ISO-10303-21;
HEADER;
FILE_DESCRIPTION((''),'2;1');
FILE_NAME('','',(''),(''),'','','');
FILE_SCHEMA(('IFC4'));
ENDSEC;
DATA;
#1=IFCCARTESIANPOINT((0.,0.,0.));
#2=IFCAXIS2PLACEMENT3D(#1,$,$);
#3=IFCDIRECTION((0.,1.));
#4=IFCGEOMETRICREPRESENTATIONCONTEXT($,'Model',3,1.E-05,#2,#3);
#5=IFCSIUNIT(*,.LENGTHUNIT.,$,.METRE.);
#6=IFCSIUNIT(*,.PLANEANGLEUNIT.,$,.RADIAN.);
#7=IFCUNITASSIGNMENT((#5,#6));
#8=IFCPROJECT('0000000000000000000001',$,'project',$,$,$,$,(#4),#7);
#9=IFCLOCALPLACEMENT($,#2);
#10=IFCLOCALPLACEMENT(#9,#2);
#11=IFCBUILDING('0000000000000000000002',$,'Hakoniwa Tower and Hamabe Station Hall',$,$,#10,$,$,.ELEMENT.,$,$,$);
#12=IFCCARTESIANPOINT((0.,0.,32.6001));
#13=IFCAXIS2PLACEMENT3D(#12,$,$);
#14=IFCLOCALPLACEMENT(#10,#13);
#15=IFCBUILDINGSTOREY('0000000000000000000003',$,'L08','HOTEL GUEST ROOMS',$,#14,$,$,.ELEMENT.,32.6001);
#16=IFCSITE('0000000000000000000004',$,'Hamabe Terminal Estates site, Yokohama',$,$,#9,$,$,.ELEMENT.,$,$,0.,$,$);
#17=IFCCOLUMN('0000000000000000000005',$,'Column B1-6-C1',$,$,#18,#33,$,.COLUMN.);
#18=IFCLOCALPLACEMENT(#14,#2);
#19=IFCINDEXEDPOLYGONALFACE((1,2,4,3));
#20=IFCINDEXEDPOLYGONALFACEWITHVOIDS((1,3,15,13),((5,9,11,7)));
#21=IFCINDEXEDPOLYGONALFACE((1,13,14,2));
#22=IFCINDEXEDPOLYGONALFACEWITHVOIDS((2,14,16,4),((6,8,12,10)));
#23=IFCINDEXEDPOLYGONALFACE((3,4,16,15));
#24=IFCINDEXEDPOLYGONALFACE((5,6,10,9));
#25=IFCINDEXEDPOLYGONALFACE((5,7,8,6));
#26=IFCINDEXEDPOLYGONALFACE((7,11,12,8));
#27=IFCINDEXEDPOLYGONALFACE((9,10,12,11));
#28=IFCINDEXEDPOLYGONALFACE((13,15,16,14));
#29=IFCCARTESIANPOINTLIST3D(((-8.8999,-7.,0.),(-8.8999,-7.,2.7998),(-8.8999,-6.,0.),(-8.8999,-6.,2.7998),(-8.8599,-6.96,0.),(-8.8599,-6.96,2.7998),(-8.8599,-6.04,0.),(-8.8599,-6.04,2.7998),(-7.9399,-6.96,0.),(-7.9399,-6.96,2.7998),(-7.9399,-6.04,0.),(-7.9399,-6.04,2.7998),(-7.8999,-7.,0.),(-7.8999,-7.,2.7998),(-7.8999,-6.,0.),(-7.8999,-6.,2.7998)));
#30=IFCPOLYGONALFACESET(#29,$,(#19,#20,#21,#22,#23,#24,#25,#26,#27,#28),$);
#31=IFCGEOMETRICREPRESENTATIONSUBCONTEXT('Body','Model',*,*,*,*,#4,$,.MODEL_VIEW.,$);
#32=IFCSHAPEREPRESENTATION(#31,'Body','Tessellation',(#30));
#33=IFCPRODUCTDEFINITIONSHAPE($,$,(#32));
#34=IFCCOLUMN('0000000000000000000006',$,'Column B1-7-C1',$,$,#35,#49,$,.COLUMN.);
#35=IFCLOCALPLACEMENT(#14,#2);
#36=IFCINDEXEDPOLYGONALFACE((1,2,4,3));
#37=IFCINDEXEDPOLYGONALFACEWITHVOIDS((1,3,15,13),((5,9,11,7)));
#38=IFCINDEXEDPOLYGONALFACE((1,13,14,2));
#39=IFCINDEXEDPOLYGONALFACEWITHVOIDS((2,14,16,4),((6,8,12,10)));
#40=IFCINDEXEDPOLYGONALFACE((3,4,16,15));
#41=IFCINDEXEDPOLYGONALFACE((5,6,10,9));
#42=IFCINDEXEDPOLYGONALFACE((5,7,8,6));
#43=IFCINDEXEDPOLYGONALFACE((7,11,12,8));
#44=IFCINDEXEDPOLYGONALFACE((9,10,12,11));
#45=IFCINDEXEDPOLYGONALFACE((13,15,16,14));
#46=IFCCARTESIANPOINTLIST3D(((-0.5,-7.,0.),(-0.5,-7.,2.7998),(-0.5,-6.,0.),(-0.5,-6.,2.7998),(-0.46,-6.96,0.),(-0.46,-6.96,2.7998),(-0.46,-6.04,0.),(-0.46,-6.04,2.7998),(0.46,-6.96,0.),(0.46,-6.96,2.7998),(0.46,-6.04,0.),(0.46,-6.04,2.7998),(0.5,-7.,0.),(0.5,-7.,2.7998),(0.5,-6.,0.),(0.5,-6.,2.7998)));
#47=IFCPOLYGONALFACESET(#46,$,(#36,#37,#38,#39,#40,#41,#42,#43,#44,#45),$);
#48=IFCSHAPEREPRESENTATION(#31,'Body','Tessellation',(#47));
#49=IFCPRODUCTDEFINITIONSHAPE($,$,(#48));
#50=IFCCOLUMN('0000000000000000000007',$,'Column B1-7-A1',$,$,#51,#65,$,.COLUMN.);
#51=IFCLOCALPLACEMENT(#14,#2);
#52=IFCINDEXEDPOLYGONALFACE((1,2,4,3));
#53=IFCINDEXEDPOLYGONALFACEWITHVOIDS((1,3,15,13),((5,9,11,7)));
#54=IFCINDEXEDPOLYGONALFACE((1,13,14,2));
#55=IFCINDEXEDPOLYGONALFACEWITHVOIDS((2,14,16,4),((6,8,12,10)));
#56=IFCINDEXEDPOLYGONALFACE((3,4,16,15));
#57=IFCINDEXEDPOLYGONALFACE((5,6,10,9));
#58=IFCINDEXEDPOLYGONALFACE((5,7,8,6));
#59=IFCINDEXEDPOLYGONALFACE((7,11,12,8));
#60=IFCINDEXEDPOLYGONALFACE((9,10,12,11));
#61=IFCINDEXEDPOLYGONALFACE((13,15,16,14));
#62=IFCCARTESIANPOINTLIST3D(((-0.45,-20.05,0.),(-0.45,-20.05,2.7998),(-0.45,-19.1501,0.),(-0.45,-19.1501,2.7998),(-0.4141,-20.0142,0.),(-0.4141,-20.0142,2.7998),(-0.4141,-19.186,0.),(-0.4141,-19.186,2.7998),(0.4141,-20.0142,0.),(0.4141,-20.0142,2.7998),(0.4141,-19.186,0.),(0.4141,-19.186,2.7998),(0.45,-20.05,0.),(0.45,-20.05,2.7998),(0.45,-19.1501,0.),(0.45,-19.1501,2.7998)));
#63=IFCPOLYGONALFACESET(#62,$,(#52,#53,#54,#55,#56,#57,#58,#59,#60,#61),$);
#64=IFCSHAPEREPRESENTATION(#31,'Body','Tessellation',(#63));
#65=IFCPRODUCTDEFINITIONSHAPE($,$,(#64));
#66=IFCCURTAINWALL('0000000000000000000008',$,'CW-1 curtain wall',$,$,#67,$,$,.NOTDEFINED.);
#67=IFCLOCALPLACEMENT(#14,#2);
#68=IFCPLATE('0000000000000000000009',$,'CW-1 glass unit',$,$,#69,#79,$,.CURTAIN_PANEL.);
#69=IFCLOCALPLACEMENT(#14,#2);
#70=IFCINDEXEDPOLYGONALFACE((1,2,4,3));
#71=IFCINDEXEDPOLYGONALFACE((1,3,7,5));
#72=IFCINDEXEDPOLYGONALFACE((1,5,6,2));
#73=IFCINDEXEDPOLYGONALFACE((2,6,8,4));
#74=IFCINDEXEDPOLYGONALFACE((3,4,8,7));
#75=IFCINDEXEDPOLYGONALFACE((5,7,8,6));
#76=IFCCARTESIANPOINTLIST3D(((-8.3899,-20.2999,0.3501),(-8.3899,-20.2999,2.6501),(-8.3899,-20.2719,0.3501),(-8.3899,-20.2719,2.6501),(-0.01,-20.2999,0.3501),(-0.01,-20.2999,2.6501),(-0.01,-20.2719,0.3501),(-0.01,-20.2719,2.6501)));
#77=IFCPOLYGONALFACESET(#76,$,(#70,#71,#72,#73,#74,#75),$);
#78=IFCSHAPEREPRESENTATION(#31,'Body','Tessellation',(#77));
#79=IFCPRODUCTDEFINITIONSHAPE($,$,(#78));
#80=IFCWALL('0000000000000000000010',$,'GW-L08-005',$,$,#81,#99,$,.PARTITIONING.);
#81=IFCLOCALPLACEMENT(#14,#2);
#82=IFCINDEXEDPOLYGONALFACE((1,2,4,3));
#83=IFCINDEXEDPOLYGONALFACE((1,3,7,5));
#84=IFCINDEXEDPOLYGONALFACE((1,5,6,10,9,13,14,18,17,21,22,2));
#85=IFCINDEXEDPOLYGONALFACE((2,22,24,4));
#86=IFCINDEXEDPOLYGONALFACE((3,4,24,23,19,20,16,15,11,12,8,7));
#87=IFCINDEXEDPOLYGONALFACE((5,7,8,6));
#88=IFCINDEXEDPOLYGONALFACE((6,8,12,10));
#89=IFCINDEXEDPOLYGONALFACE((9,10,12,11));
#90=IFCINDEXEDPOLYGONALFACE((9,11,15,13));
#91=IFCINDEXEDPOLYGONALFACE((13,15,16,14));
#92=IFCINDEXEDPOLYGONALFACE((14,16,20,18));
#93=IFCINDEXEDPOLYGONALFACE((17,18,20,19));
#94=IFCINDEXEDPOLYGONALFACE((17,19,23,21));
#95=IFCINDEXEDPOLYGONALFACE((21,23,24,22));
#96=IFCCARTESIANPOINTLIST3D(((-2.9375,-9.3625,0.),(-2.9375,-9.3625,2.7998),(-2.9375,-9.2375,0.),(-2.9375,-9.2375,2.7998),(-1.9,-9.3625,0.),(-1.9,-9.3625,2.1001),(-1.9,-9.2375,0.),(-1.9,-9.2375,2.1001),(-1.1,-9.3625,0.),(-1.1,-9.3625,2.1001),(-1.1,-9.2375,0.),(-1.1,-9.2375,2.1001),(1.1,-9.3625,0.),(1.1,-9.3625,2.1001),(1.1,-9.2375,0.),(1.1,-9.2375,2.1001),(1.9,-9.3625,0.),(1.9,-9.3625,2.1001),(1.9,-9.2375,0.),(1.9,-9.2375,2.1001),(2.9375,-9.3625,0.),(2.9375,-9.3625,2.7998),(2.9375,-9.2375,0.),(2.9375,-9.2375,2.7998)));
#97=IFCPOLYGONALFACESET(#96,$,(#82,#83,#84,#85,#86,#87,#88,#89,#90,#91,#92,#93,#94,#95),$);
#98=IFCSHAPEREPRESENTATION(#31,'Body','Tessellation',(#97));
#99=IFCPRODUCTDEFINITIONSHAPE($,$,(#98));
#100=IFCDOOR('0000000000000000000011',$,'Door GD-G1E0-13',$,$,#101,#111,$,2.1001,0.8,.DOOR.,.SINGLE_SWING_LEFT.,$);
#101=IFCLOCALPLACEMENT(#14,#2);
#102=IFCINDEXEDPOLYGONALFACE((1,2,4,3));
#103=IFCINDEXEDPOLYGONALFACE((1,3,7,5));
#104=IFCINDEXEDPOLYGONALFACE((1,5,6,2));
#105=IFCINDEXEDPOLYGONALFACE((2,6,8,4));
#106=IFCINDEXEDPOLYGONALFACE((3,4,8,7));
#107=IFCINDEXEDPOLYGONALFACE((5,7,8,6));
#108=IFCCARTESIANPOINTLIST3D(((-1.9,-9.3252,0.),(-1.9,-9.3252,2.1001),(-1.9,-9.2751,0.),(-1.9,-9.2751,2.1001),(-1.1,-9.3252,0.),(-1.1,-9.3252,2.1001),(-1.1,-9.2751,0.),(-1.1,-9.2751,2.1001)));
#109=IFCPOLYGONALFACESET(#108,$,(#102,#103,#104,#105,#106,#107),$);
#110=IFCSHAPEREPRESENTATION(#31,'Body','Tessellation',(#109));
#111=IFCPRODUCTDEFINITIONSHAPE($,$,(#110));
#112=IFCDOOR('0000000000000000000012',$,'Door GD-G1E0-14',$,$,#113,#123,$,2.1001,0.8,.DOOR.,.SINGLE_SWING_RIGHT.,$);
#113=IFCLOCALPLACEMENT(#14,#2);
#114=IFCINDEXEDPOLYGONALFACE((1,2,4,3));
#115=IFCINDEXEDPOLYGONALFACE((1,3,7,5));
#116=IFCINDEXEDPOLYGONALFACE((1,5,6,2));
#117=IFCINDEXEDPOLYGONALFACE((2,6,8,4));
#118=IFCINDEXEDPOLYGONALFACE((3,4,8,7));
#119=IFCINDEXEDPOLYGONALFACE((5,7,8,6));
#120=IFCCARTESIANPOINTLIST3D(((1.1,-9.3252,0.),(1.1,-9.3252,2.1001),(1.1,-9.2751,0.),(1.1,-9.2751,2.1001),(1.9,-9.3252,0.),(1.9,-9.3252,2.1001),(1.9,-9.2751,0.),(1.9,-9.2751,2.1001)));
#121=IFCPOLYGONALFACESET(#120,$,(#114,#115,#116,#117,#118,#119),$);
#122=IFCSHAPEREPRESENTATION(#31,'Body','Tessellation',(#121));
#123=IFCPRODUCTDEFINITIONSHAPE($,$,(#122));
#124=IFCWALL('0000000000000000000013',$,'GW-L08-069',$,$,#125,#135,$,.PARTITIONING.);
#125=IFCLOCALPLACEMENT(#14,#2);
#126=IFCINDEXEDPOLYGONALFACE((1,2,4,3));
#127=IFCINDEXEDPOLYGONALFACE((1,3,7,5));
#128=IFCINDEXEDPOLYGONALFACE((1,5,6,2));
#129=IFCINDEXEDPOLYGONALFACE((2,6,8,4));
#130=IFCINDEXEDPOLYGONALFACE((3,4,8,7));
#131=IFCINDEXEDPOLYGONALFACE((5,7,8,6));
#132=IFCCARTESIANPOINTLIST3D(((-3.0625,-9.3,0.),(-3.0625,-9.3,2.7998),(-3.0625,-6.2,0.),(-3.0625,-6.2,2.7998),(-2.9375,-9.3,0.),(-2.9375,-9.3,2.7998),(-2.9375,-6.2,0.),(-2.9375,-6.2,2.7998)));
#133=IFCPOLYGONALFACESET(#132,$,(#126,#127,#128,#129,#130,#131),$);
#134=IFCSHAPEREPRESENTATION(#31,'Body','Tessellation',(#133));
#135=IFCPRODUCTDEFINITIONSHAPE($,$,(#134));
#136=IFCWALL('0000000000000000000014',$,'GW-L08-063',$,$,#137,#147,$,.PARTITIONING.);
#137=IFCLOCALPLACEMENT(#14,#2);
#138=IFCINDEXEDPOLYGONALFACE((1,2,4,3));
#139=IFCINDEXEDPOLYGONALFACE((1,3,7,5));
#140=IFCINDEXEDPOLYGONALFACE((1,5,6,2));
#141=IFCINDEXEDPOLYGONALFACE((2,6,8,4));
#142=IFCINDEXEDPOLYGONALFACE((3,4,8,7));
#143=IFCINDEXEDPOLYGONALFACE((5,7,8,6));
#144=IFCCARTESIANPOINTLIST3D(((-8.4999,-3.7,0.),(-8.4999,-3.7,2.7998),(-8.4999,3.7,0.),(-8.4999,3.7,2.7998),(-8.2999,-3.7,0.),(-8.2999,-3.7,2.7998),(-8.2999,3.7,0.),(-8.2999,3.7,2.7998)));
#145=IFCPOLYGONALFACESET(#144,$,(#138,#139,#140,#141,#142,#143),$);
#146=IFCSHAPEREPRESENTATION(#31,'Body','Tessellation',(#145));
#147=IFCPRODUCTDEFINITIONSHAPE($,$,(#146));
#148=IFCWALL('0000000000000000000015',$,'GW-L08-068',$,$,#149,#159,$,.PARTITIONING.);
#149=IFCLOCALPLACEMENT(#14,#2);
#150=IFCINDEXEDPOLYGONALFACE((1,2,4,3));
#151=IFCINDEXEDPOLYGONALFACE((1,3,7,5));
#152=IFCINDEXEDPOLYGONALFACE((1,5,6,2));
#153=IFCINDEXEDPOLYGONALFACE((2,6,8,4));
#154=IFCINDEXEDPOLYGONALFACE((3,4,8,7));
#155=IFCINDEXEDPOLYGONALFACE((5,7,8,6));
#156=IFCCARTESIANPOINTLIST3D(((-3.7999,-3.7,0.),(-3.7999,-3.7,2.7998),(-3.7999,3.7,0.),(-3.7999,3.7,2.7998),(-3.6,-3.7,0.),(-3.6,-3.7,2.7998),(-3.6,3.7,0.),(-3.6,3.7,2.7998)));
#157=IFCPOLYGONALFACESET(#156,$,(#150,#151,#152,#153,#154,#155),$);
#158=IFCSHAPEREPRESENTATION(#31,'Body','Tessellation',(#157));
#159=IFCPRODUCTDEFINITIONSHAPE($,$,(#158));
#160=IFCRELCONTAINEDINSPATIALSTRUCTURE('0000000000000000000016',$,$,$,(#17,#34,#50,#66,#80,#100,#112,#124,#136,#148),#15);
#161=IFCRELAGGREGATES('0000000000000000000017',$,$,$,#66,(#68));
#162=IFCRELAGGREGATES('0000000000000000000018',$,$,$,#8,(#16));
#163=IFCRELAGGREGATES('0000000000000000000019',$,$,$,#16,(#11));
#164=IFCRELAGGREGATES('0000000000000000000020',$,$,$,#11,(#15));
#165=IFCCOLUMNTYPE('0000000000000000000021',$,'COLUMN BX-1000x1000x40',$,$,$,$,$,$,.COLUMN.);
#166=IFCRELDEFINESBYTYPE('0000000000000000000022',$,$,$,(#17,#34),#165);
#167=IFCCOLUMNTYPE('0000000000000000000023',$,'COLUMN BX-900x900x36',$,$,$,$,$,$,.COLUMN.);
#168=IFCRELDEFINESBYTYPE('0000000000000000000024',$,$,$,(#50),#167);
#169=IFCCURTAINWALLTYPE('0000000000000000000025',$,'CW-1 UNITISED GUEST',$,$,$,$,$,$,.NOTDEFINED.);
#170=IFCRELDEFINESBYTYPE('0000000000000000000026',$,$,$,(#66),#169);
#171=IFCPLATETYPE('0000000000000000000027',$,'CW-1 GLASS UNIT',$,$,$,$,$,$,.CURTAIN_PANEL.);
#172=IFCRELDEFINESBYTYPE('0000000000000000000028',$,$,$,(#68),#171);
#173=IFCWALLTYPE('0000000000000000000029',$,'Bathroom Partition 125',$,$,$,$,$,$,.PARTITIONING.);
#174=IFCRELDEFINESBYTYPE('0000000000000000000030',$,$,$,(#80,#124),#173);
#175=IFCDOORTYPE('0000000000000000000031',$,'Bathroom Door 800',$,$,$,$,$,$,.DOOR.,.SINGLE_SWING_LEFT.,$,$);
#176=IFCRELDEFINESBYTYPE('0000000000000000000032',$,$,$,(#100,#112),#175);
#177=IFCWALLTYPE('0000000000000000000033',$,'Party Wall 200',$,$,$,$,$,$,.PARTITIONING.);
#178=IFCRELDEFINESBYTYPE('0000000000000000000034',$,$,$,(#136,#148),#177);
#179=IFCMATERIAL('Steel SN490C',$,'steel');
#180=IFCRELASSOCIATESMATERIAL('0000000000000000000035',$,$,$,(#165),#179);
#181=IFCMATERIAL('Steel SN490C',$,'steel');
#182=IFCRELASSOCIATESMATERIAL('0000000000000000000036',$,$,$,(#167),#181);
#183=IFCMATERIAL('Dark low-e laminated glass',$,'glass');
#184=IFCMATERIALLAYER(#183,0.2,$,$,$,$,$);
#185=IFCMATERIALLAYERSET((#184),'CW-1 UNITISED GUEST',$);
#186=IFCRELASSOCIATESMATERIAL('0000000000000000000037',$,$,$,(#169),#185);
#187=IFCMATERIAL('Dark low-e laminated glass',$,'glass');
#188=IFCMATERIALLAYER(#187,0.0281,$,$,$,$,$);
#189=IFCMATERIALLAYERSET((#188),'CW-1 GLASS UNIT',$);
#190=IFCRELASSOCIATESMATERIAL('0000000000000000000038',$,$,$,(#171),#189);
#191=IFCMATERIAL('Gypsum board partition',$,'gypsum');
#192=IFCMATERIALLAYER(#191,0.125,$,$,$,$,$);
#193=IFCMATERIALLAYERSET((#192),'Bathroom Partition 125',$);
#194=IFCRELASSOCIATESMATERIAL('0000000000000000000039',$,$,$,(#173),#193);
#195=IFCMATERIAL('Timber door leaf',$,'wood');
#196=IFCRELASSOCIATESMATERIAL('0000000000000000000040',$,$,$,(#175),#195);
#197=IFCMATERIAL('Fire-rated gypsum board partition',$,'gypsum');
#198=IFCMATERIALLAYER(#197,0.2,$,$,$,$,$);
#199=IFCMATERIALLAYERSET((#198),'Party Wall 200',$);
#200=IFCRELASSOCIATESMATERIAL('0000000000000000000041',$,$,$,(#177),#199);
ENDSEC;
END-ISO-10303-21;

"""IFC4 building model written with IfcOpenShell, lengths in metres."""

from ifc_helpers import new_model, si_unit, direction, frame, frame_2d, origin, origin_2d, place, context, subcontext, project, spatial, rectangle, hollow_rectangle, extrude, material, layer, layer_set, material_profile, profile_set, type_object, element, fill, aggregate, save


model = new_model("IFC4")

# Units and contexts
model_context = context("Model", 3, precision=1e-05, world=origin(), true_north=direction((0.0, 1.0)))
body_context = subcontext(model_context, "Body", "Model", "MODEL_VIEW")
ifc_project = project(units=[si_unit("LENGTHUNIT", "METRE"), si_unit("PLANEANGLEUNIT", "RADIAN")], contexts=[model_context])

# Site, building, storey
site_placement = place(None, origin())
site = spatial("IfcSite", under=ifc_project, at=site_placement, Name="Hamabe Terminal Estates site, Yokohama", CompositionType="ELEMENT", RefElevation=0.0)
building_placement = place(site_placement, origin())
building = spatial("IfcBuilding", under=site, at=building_placement, Name="Hakoniwa Tower and Hamabe Station Hall", CompositionType="ELEMENT")
storey_placement = place(building_placement, frame((0.0, 0.0, 32.6001)))
storey = spatial("IfcBuildingStorey", under=building, at=storey_placement, Name="L08", Description="HOTEL GUEST ROOMS", CompositionType="ELEMENT", Elevation=32.6001)

# Columns
ifc_material_1 = material(Name="Steel SN490C", Category="steel")
ifc_material_profile_1 = material_profile(ifc_material_1, hollow_rectangle(XDim=1.0, YDim=1.0, WallThickness=0.04, at=origin_2d()), Name="BX-1000x1000x40")
ifc_profile_set_1 = profile_set([ifc_material_profile_1], Name="Steel SN490C")
column_type_1 = type_object("IfcColumnType", Name="COLUMN BX-1000x1000x40", PredefinedType="COLUMN", material=ifc_profile_set_1)
for number, where, z_axis, x_axis, name in (
    (1, (-8.3999, -6.5, 0.0), (0.0, 0.0, 1.0), (1.0, 0.0, 0.0), "Column B1-6-C1"),
    (2, (0.0, -6.5, 0.0), (0.0, 0.0, 1.0), (1.0, 0.0, 0.0), "Column B1-7-C1"),
):
    element("IfcColumn", number, at=place(storey_placement, frame(where, z_axis=z_axis, x_axis=x_axis)), inside=storey, type_object=column_type_1, Name=name, PredefinedType="COLUMN", context=body_context, shape_type="SweptSolid", body=[
        extrude(hollow_rectangle(XDim=1.0, YDim=1.0, WallThickness=0.04, at=origin_2d()), origin(), (0.0, 0.0, 1.0), 2.7998),
    ])
ifc_material_2 = material(Name="Steel SN490C", Category="steel")
ifc_material_profile_2 = material_profile(ifc_material_2, hollow_rectangle(XDim=0.8999, YDim=0.8999, WallThickness=0.0359, at=origin_2d()), Name="BX-900x900x36")
ifc_profile_set_2 = profile_set([ifc_material_profile_2], Name="Steel SN490C")
column_type_2 = type_object("IfcColumnType", Name="COLUMN BX-900x900x36", PredefinedType="COLUMN", material=ifc_profile_set_2)
column_placement = place(storey_placement, frame((0.0, -19.6001, 0.0), z_axis=(0.0, 0.0, 1.0), x_axis=(1.0, 0.0, 0.0)))
element("IfcColumn", 3, at=column_placement, inside=storey, type_object=column_type_2, Name="Column B1-7-A1", PredefinedType="COLUMN", context=body_context, shape_type="SweptSolid", body=[
    extrude(hollow_rectangle(XDim=0.8999, YDim=0.8999, WallThickness=0.0359, at=origin_2d()), origin(), (0.0, 0.0, 1.0), 2.7998),
])

# Curtain wall, plate
ifc_material_3 = material(Name="Dark low-e laminated glass", Category="glass")
ifc_layer_1 = layer(ifc_material_3, 0.2)
ifc_layer_set_1 = layer_set([ifc_layer_1], Name="CW-1 UNITISED GUEST")
curtain_wall_type = type_object("IfcCurtainWallType", Name="CW-1 UNITISED GUEST", PredefinedType="NOTDEFINED", material=ifc_layer_set_1)
curtain_wall_placement = place(storey_placement, origin())
curtain_wall = element("IfcCurtainWall", 4, at=curtain_wall_placement, inside=storey, type_object=curtain_wall_type, Name="CW-1 curtain wall", PredefinedType="NOTDEFINED")
ifc_material_4 = material(Name="Dark low-e laminated glass", Category="glass")
ifc_layer_2 = layer(ifc_material_4, 0.0281)
ifc_layer_set_2 = layer_set([ifc_layer_2], Name="CW-1 GLASS UNIT")
plate_type = type_object("IfcPlateType", Name="CW-1 GLASS UNIT", PredefinedType="CURTAIN_PANEL", material=ifc_layer_set_2)
plate_placement = place(storey_placement, frame((-4.2, -20.2859, 0.3501), z_axis=(0.0, 0.0, 1.0), x_axis=(1.0, 0.0, 0.0)))
plate = element("IfcPlate", 5, at=plate_placement, type_object=plate_type, Name="CW-1 glass unit", PredefinedType="CURTAIN_PANEL", context=body_context, shape_type="SweptSolid", body=[
    extrude(rectangle(XDim=8.3799, YDim=0.0281, at=origin_2d()), origin(), (0.0, 0.0, 1.0), 2.3),
])
aggregate(curtain_wall, [plate])

# Wall, openings, doors
ifc_material_5 = material(Name="Gypsum board partition", Category="gypsum")
ifc_layer_3 = layer(ifc_material_5, 0.125)
ifc_layer_set_3 = layer_set([ifc_layer_3], Name="Bathroom Partition 125")
wall_type_1 = type_object("IfcWallType", Name="Bathroom Partition 125", PredefinedType="PARTITIONING", material=ifc_layer_set_3)
wall_1_placement = place(storey_placement, frame((-2.9375, -9.3, 0.0), z_axis=(0.0, 0.0, 1.0), x_axis=(1.0, 0.0, 0.0)))
wall_1 = element("IfcWall", 6, at=wall_1_placement, inside=storey, type_object=wall_type_1, Name="GW-L08-005", PredefinedType="PARTITIONING", context=body_context, shape_type="SweptSolid", body=[
    extrude(rectangle(XDim=5.875, YDim=0.125, at=frame_2d((2.9375, 0.0))), origin(), (0.0, 0.0, 1.0), 2.7998),
])
opening_1_placement = place(wall_1_placement, frame((1.0376, 0.0, 0.0)))
opening_1 = element("IfcOpeningElement", 7, at=opening_1_placement, cuts=wall_1, PredefinedType="OPENING", context=body_context, shape_type="SweptSolid", body=[
    extrude(rectangle(XDim=0.8, YDim=2.1001, at=frame_2d((0.3999, 1.05))), frame((0.0, 0.0725, 0.0), z_axis=(0.0, -1.0, 0.0), x_axis=(1.0, 0.0, 0.0)), (0.0, 0.0, 1.0), 0.145),
])
opening_2_placement = place(wall_1_placement, frame((4.0376, 0.0, 0.0)))
opening_2 = element("IfcOpeningElement", 8, at=opening_2_placement, cuts=wall_1, PredefinedType="OPENING", context=body_context, shape_type="SweptSolid", body=[
    extrude(rectangle(XDim=0.8, YDim=2.1001, at=frame_2d((0.3999, 1.05))), frame((0.0, 0.0725, 0.0), z_axis=(0.0, -1.0, 0.0), x_axis=(1.0, 0.0, 0.0)), (0.0, 0.0, 1.0), 0.145),
])
ifc_material_6 = material(Name="Timber door leaf", Category="wood")
door_type_1 = type_object("IfcDoorType", Name="Bathroom Door 800", OperationType="SINGLE_SWING_LEFT", PredefinedType="DOOR", material=ifc_material_6)
door_1_placement = place(opening_1_placement, origin())
door_1 = element("IfcDoor", 9, at=door_1_placement, inside=storey, type_object=door_type_1, Name="Door GD-G1E0-13", OperationType="SINGLE_SWING_LEFT", OverallHeight=2.1001, OverallWidth=0.8, PredefinedType="DOOR", context=body_context, shape_type="SweptSolid", body=[
    extrude(rectangle(XDim=0.8, YDim=2.1001, at=frame_2d((0.3999, 1.05))), frame((0.0, 0.0249, 0.0), z_axis=(0.0, -1.0, 0.0), x_axis=(1.0, 0.0, 0.0)), (0.0, 0.0, 1.0), 0.05),
])
fill(opening_1, door_1)
door_2_placement = place(opening_2_placement, origin())
door_2 = element("IfcDoor", 10, at=door_2_placement, inside=storey, type_object=door_type_1, Name="Door GD-G1E0-14", OperationType="SINGLE_SWING_RIGHT", OverallHeight=2.1001, OverallWidth=0.8, PredefinedType="DOOR", context=body_context, shape_type="SweptSolid", body=[
    extrude(rectangle(XDim=0.8, YDim=2.1001, at=frame_2d((0.3999, 1.05))), frame((0.0, 0.0249, 0.0), z_axis=(0.0, -1.0, 0.0), x_axis=(1.0, 0.0, 0.0)), (0.0, 0.0, 1.0), 0.05),
])
fill(opening_2, door_2)

# Walls
wall_2_placement = place(storey_placement, frame((-3.0, -9.3, 0.0), z_axis=(0.0, 0.0, 1.0), x_axis=(0.0, 1.0, 0.0)))
element("IfcWall", 11, at=wall_2_placement, inside=storey, type_object=wall_type_1, Name="GW-L08-069", PredefinedType="PARTITIONING", context=body_context, shape_type="SweptSolid", body=[
    extrude(rectangle(XDim=3.1001, YDim=0.125, at=frame_2d((1.55, 0.0))), origin(), (0.0, 0.0, 1.0), 2.7998),
])
ifc_material_7 = material(Name="Fire-rated gypsum board partition", Category="gypsum")
ifc_layer_4 = layer(ifc_material_7, 0.2)
ifc_layer_set_4 = layer_set([ifc_layer_4], Name="Party Wall 200")
wall_type_2 = type_object("IfcWallType", Name="Party Wall 200", PredefinedType="PARTITIONING", material=ifc_layer_set_4)
for number, where, z_axis, x_axis, name in (
    (12, (-8.3999, -3.7, 0.0), (0.0, 0.0, 1.0), (0.0, 1.0, 0.0), "GW-L08-063"),
    (13, (-3.7, -3.7, 0.0), (0.0, 0.0, 1.0), (0.0, 1.0, 0.0), "GW-L08-068"),
):
    element("IfcWall", number, at=place(storey_placement, frame(where, z_axis=z_axis, x_axis=x_axis)), inside=storey, type_object=wall_type_2, Name=name, PredefinedType="PARTITIONING", context=body_context, shape_type="SweptSolid", body=[
        extrude(rectangle(XDim=7.3999, YDim=0.2, at=frame_2d((3.7, 0.0))), origin(), (0.0, 0.0, 1.0), 2.7998),
    ])

save(model, "model.ifc")
